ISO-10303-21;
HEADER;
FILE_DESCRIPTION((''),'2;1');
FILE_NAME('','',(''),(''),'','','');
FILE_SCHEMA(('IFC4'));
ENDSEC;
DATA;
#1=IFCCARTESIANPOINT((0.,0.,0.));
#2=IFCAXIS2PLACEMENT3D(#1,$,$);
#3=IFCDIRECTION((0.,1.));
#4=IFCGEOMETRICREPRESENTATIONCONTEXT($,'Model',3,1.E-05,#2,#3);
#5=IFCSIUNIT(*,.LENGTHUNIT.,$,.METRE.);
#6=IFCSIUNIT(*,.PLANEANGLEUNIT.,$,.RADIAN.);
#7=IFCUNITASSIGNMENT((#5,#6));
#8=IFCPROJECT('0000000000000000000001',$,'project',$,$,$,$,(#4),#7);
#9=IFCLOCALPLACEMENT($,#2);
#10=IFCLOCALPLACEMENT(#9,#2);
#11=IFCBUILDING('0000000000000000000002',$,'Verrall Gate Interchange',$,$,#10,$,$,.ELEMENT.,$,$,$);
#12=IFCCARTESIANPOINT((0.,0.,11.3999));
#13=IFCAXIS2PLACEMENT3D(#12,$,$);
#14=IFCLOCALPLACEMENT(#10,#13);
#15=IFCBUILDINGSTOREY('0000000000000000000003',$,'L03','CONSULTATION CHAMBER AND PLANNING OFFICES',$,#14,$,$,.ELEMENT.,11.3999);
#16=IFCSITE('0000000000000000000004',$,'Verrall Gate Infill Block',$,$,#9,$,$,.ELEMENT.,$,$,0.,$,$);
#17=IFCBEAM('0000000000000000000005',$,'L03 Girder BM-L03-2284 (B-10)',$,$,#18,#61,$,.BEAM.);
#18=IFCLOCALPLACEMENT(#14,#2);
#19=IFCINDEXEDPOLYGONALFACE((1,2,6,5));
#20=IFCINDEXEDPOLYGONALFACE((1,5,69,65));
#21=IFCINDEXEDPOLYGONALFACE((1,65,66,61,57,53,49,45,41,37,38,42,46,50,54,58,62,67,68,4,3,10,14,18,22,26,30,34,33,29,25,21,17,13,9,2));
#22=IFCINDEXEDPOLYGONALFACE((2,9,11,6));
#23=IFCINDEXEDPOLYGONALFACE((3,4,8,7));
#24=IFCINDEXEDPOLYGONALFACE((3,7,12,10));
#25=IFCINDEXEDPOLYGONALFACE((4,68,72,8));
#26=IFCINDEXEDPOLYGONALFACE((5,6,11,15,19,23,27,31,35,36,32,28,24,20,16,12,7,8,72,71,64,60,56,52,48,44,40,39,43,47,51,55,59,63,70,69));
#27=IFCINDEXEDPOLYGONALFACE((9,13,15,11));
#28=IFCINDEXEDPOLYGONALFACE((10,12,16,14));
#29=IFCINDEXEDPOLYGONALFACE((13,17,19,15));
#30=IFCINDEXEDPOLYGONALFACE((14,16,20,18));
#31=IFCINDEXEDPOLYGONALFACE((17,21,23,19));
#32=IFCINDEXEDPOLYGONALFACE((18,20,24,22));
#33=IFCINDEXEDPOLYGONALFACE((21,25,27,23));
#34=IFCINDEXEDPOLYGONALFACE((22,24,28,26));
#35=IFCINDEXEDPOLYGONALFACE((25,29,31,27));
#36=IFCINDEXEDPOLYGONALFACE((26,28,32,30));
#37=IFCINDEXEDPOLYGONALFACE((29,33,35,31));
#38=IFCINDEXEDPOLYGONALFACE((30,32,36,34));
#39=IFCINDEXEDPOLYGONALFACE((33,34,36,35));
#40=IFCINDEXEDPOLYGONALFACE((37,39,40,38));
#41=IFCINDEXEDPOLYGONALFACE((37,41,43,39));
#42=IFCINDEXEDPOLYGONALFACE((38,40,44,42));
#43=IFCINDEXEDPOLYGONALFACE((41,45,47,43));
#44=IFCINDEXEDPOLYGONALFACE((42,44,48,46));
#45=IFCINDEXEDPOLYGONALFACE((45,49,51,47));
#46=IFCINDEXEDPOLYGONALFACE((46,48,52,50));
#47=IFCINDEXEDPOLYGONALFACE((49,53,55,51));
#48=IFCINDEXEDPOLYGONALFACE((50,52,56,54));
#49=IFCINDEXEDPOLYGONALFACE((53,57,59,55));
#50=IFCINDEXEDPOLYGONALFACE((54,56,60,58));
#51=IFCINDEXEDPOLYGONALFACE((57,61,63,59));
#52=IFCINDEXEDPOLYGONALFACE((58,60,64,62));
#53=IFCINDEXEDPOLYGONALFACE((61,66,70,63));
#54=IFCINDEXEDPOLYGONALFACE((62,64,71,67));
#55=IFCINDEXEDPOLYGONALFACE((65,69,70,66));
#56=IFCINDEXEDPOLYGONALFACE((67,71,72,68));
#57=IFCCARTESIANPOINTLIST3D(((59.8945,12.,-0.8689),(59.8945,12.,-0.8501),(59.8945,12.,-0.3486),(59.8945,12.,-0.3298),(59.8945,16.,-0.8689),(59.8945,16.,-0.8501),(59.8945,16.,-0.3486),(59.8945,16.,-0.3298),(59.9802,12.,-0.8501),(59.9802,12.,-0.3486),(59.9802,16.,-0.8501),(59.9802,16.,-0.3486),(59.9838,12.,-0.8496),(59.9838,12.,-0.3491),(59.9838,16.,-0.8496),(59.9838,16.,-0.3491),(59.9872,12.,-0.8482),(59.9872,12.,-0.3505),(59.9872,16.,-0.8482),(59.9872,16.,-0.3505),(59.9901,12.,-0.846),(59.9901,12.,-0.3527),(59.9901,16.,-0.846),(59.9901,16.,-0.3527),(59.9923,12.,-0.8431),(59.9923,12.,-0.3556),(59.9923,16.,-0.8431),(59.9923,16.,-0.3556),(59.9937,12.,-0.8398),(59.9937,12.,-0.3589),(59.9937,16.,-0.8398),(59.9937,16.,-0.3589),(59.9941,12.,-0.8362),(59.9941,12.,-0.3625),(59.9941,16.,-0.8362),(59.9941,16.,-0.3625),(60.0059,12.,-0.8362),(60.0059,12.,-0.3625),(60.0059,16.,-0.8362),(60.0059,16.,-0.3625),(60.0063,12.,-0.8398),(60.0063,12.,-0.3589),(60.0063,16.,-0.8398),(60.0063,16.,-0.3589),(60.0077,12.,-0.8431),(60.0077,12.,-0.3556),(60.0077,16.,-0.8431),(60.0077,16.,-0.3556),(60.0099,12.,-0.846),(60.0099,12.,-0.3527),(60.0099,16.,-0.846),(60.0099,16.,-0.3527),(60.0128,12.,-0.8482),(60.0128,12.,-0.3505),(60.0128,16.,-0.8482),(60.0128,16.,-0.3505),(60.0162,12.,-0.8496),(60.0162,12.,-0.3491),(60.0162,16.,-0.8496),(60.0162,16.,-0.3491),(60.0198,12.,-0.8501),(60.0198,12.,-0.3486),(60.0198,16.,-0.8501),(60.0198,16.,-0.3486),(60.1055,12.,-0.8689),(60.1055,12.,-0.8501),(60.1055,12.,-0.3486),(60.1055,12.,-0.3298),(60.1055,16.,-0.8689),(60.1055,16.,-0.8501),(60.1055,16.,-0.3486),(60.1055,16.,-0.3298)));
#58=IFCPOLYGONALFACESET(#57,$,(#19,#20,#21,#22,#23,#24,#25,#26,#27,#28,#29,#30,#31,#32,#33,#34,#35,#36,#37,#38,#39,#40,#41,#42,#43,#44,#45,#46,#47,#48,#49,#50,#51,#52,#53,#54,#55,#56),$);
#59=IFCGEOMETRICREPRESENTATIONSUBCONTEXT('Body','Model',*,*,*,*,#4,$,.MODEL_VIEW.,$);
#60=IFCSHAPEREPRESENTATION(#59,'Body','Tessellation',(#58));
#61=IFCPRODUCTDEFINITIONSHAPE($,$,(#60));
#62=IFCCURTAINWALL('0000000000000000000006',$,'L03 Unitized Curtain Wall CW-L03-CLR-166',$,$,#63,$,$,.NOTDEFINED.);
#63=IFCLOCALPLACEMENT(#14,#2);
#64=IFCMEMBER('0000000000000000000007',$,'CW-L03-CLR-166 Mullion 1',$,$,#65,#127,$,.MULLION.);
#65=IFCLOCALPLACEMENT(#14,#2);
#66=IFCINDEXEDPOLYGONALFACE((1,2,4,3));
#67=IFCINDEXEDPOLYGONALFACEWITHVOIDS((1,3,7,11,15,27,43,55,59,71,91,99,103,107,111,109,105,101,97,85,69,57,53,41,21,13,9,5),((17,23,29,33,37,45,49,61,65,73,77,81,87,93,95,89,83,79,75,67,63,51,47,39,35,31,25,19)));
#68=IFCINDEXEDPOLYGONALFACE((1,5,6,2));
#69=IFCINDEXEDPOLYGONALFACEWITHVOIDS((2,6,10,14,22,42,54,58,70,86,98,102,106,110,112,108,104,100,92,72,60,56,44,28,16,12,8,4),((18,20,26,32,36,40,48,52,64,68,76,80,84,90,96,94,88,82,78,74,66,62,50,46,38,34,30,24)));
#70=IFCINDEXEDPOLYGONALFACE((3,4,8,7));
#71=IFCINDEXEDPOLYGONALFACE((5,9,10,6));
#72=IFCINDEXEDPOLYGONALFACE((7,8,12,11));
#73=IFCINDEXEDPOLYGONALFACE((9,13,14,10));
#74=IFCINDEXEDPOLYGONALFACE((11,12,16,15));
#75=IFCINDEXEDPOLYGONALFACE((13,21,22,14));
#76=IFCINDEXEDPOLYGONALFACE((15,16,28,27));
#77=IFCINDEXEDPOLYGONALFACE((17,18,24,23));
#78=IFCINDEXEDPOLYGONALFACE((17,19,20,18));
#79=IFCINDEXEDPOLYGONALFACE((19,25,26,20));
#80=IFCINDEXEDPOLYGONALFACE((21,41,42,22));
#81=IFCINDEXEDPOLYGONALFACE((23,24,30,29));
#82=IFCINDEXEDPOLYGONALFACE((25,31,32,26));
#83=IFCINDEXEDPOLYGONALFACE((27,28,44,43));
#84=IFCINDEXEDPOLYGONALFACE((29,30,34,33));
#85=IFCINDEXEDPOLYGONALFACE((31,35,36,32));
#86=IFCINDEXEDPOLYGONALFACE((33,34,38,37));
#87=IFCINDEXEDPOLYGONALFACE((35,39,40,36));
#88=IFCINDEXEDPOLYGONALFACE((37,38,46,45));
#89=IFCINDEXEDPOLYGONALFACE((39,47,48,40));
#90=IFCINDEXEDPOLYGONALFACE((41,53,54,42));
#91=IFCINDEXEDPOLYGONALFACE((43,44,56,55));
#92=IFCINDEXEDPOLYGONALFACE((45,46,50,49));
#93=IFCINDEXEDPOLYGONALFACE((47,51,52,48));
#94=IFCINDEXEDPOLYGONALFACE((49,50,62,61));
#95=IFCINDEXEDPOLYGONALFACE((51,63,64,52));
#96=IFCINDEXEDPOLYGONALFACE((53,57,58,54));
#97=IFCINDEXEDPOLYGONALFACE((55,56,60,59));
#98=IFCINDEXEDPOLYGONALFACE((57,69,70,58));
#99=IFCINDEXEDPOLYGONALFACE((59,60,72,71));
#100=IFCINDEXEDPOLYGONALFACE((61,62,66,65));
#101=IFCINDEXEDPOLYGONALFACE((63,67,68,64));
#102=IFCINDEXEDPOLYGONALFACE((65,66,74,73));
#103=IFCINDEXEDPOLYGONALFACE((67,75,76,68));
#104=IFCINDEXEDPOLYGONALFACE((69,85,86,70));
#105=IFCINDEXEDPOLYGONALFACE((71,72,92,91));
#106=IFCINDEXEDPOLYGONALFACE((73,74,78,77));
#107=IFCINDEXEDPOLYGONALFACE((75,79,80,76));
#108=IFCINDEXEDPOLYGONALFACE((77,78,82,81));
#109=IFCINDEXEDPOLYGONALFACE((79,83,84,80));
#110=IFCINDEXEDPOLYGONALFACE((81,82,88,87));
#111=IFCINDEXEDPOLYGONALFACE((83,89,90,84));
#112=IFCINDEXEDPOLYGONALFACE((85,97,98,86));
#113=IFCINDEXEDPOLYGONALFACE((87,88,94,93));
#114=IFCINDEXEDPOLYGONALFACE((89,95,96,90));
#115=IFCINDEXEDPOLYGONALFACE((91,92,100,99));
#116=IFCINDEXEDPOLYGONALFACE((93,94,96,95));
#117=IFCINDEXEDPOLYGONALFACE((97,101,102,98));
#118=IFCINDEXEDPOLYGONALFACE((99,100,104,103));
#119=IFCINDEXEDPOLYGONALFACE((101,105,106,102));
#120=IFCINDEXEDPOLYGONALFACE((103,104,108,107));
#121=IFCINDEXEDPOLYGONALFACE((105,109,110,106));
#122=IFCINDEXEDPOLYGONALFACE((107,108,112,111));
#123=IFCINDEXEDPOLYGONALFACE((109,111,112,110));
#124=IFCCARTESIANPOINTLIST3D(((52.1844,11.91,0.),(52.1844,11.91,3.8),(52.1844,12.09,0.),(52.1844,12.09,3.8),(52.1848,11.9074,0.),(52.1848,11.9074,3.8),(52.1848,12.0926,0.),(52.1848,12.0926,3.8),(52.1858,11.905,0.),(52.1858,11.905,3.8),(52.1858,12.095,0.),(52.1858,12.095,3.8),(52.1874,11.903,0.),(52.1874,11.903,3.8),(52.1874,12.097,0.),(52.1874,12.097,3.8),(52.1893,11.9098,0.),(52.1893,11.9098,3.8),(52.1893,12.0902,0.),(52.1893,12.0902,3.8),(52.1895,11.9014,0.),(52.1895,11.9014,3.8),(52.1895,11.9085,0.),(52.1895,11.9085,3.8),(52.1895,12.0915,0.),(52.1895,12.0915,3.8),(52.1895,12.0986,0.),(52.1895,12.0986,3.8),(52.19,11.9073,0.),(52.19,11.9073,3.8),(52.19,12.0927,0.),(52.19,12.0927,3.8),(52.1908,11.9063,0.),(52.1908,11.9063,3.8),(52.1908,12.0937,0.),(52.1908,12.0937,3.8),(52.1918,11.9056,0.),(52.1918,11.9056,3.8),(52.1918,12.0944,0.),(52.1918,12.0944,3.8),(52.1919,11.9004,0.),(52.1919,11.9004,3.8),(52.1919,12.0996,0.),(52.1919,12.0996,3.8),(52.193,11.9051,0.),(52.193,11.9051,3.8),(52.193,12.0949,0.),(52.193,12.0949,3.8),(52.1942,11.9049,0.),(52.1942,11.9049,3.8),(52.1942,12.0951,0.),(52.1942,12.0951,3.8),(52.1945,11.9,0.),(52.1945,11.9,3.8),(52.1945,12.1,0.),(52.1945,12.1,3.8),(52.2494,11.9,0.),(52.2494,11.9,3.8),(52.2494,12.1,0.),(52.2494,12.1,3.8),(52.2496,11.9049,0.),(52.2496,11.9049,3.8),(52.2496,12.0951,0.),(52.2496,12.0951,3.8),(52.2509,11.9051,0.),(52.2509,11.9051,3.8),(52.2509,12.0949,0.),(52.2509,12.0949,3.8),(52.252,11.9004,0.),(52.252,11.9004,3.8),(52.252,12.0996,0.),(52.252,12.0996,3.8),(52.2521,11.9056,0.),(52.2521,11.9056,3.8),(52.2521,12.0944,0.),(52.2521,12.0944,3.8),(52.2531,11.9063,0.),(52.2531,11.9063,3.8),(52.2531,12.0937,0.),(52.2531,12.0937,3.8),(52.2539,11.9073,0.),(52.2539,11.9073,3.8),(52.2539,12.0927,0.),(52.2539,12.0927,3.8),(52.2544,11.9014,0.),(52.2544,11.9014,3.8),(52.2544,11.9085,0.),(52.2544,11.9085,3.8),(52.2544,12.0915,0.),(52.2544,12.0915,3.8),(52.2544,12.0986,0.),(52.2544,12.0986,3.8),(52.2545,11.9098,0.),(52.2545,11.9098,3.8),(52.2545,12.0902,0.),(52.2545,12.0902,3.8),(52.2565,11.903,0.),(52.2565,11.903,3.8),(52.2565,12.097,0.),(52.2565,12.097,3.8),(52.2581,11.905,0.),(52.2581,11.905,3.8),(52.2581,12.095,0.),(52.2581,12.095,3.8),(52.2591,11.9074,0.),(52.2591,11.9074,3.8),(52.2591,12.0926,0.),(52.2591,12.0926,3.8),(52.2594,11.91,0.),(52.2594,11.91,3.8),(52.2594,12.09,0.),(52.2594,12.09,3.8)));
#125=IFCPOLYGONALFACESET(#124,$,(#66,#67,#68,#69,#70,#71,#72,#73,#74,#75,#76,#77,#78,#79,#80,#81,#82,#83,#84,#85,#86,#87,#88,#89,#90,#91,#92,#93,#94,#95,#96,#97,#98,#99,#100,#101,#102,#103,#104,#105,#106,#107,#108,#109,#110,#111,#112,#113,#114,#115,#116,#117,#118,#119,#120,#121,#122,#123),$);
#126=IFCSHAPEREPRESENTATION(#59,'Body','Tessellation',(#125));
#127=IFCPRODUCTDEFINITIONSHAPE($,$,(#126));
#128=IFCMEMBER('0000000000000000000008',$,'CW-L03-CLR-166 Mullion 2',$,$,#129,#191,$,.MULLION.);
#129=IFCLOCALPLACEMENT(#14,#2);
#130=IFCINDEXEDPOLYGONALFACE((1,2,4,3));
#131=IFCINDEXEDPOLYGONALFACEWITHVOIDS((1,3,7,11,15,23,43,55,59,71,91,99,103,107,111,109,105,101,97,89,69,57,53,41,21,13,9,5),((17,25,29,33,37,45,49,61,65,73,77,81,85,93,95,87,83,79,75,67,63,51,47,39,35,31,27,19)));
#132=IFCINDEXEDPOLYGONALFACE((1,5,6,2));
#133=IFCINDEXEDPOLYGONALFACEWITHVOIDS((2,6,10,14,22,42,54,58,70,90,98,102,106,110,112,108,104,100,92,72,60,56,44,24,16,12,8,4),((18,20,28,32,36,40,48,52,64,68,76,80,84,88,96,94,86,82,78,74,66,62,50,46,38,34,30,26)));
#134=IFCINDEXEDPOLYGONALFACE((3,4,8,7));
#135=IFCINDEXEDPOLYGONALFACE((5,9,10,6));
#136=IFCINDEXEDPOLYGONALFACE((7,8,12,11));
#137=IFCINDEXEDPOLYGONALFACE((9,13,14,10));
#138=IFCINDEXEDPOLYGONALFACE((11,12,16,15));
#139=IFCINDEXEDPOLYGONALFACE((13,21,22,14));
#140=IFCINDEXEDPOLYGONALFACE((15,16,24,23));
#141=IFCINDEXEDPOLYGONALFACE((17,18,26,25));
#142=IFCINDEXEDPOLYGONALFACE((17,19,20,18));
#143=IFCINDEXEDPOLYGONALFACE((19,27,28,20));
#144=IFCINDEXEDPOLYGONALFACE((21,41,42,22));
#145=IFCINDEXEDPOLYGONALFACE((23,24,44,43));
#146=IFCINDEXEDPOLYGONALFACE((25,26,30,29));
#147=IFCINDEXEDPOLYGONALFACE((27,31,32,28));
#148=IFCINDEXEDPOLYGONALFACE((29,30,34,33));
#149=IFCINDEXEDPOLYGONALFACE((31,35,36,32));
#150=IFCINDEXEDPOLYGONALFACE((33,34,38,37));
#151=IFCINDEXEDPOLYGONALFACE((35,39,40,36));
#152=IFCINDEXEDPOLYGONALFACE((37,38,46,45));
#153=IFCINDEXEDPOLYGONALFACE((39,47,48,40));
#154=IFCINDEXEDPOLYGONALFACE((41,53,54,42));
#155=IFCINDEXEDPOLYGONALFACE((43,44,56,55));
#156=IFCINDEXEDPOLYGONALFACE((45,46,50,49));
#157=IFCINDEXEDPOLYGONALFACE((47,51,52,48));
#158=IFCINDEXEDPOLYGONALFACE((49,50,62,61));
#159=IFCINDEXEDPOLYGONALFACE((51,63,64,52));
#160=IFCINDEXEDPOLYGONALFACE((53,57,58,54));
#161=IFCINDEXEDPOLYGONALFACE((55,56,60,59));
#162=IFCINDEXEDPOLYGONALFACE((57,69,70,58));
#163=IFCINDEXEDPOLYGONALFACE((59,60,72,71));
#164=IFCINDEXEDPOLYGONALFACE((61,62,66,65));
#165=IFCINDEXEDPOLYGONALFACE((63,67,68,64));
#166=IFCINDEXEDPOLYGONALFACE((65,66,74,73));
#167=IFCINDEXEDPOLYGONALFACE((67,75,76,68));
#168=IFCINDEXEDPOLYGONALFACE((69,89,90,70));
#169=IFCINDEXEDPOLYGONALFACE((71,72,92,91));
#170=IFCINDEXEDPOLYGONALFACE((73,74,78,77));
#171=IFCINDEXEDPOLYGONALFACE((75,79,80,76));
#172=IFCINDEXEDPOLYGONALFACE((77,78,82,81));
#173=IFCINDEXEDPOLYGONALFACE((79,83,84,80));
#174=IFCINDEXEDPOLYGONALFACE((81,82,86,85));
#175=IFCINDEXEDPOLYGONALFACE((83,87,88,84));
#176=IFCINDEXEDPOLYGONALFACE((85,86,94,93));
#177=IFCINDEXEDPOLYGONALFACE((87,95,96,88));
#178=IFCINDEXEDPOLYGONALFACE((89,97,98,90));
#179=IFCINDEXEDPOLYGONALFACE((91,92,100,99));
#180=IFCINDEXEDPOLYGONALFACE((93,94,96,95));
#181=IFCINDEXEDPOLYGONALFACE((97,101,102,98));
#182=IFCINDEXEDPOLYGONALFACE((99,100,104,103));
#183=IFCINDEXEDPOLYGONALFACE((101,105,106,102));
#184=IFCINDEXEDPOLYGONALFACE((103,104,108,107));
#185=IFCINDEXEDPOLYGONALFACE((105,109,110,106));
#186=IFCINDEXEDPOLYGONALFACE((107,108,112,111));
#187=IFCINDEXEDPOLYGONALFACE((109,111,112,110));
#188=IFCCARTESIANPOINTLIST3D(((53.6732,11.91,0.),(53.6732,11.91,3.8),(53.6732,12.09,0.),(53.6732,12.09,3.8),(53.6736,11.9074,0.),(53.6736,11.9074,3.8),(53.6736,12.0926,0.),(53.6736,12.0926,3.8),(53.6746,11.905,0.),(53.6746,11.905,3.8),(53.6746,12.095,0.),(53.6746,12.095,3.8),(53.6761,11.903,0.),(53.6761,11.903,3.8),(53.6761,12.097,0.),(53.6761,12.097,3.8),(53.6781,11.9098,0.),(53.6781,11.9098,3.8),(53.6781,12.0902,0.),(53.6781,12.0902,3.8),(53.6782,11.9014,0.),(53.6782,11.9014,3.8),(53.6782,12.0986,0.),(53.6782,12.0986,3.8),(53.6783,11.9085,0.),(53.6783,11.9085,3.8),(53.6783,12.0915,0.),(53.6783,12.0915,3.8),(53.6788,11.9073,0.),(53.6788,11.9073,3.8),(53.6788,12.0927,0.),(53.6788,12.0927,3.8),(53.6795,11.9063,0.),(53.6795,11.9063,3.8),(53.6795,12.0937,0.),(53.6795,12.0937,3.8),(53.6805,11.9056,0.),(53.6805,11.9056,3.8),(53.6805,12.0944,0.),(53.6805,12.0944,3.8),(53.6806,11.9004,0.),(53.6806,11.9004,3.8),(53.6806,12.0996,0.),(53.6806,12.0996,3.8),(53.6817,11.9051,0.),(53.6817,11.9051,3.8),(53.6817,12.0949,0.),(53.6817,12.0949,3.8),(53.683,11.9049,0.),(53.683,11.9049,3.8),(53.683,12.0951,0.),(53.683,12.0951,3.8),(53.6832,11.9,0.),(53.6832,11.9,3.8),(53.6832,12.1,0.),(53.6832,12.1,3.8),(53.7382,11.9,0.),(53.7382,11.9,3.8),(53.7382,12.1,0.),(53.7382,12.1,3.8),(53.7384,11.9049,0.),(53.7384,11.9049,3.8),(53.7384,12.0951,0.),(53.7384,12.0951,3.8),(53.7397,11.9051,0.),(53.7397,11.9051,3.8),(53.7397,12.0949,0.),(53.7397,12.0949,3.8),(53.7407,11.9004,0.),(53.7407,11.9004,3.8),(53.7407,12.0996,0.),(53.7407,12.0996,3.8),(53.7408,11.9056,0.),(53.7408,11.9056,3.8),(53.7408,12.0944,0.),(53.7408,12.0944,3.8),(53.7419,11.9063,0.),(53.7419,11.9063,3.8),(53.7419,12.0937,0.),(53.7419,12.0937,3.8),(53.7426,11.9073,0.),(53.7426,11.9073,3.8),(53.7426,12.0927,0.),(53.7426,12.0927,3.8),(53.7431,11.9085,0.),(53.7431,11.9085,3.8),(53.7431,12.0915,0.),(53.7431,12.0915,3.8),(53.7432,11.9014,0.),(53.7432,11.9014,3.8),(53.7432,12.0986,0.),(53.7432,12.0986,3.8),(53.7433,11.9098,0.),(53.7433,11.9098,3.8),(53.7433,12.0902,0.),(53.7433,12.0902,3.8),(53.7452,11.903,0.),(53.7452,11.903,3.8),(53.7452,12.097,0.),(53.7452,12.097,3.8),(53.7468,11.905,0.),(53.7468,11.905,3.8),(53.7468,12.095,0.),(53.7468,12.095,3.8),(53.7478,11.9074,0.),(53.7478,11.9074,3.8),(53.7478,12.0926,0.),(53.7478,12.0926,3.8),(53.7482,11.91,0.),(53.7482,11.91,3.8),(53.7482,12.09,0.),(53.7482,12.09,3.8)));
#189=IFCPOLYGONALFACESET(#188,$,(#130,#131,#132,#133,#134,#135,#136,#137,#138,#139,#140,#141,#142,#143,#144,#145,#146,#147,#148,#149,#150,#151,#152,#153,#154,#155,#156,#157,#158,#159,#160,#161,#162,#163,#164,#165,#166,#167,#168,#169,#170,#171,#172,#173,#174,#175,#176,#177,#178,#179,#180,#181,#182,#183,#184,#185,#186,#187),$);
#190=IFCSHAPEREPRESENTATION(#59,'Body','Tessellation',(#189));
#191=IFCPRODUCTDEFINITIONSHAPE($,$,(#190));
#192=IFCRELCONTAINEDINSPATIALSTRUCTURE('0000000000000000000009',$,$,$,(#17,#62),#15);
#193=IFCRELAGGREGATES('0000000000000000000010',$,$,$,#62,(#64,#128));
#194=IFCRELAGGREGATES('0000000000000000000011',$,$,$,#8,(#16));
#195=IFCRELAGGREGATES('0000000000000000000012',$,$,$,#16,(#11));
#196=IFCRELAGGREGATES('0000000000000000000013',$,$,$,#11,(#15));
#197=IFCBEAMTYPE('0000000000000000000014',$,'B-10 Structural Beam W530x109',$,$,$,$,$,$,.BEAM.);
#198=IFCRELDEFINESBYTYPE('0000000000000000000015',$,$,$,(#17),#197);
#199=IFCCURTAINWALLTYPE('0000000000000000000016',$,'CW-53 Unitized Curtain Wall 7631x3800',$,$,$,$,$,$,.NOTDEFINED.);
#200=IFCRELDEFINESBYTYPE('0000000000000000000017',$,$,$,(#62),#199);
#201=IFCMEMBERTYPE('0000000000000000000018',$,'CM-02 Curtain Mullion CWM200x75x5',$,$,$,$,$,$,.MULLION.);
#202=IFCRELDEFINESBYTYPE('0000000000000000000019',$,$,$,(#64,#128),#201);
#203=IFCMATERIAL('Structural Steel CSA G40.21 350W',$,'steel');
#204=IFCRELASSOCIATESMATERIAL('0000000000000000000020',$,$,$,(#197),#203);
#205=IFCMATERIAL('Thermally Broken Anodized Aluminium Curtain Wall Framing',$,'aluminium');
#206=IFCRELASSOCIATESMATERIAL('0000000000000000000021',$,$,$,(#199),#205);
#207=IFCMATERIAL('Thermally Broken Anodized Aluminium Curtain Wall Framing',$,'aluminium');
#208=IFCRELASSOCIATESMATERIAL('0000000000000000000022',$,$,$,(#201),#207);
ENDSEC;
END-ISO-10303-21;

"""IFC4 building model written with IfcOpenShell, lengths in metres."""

from ifc_helpers import new_model, si_unit, direction, frame, origin, origin_2d, place, context, subcontext, project, spatial, hollow_rectangle, i_section, extrude, material, material_profile, profile_set, type_object, element, aggregate, save


model = new_model("IFC4")

# Units and contexts
model_context = context("Model", 3, precision=1e-05, world=origin(), true_north=direction((0.0, 1.0)))
body_context = subcontext(model_context, "Body", "Model", "MODEL_VIEW")
ifc_project = project(units=[si_unit("LENGTHUNIT", "METRE"), si_unit("PLANEANGLEUNIT", "RADIAN")], contexts=[model_context])

# Site, building, storey
site_placement = place(None, origin())
site = spatial("IfcSite", under=ifc_project, at=site_placement, Name="Verrall Gate Infill Block", CompositionType="ELEMENT", RefElevation=0.0)
building_placement = place(site_placement, origin())
building = spatial("IfcBuilding", under=site, at=building_placement, Name="Verrall Gate Interchange", CompositionType="ELEMENT")
storey_placement = place(building_placement, frame((0.0, 0.0, 11.3999)))
storey = spatial("IfcBuildingStorey", under=building, at=storey_placement, Name="L03", Description="CONSULTATION CHAMBER AND PLANNING OFFICES", CompositionType="ELEMENT", Elevation=11.3999)

# Beam
ifc_material_1 = material(Name="Structural Steel CSA G40.21 350W", Category="steel")
ifc_material_profile_1 = material_profile(ifc_material_1, i_section(OverallWidth=0.2109, OverallDepth=0.5391, WebThickness=0.0117, FlangeThickness=0.0188, FilletRadius=0.0139, at=origin_2d()), Name="W530x109")
ifc_profile_set_1 = profile_set([ifc_material_profile_1], Name="Structural Steel CSA G40.21 350W")
beam_type_1 = type_object("IfcBeamType", Name="B-10 Structural Beam W530x109", PredefinedType="BEAM", material=ifc_profile_set_1)
beam_1_placement = place(storey_placement, frame((60.0, 12.0, -0.5994), z_axis=(0.0, 1.0, 0.0), x_axis=(-1.0, 0.0, 0.0)))
element("IfcBeam", 1, at=beam_1_placement, inside=storey, type_object=beam_type_1, Name="L03 Girder BM-L03-2284 (B-10)", PredefinedType="BEAM", context=body_context, shape_type="SweptSolid", body=[
    extrude(i_section(OverallWidth=0.2109, OverallDepth=0.5391, WebThickness=0.0117, FlangeThickness=0.0188, FilletRadius=0.0139, at=origin_2d()), origin(), (0.0, 0.0, 1.0), 4.0),
])

# Curtain wall, members
ifc_material_2 = material(Name="Thermally Broken Anodized Aluminium Curtain Wall Framing", Category="aluminium")
curtain_wall_type = type_object("IfcCurtainWallType", Name="CW-53 Unitized Curtain Wall 7631x3800", PredefinedType="NOTDEFINED", material=ifc_material_2)
curtain_wall_placement = place(storey_placement, origin())
curtain_wall = element("IfcCurtainWall", 2, at=curtain_wall_placement, inside=storey, type_object=curtain_wall_type, Name="L03 Unitized Curtain Wall CW-L03-CLR-166", PredefinedType="NOTDEFINED")
ifc_material_3 = material(Name="Thermally Broken Anodized Aluminium Curtain Wall Framing", Category="aluminium")
ifc_material_profile_2 = material_profile(ifc_material_3, hollow_rectangle(XDim=0.075, YDim=0.2, WallThickness=0.0049, InnerFilletRadius=0.0049, OuterFilletRadius=0.01, at=origin_2d()), Name="CWM200x75x5")
ifc_profile_set_2 = profile_set([ifc_material_profile_2], Name="Thermally Broken Anodized Aluminium Curtain Wall Framing")
member_type_1 = type_object("IfcMemberType", Name="CM-02 Curtain Mullion CWM200x75x5", PredefinedType="MULLION", material=ifc_profile_set_2)
member_1_placement = place(storey_placement, frame((52.2219, 12.0, 0.0), z_axis=(0.0, 0.0, 1.0), x_axis=(1.0, 0.0, 0.0)))
member_1 = element("IfcMember", 3, at=member_1_placement, type_object=member_type_1, Name="CW-L03-CLR-166 Mullion 1", PredefinedType="MULLION", context=body_context, shape_type="SweptSolid", body=[
    extrude(hollow_rectangle(XDim=0.075, YDim=0.2, WallThickness=0.0049, InnerFilletRadius=0.0049, OuterFilletRadius=0.01, at=origin_2d()), origin(), (0.0, 0.0, 1.0), 3.8),
])
member_2_placement = place(storey_placement, frame((53.7107, 12.0, 0.0), z_axis=(0.0, 0.0, 1.0), x_axis=(1.0, 0.0, 0.0)))
member_2 = element("IfcMember", 4, at=member_2_placement, type_object=member_type_1, Name="CW-L03-CLR-166 Mullion 2", PredefinedType="MULLION", context=body_context, shape_type="SweptSolid", body=[
    extrude(hollow_rectangle(XDim=0.075, YDim=0.2, WallThickness=0.0049, InnerFilletRadius=0.0049, OuterFilletRadius=0.01, at=origin_2d()), origin(), (0.0, 0.0, 1.0), 3.8),
])

aggregate(curtain_wall, [member_1, member_2])

save(model, "model.ifc")
